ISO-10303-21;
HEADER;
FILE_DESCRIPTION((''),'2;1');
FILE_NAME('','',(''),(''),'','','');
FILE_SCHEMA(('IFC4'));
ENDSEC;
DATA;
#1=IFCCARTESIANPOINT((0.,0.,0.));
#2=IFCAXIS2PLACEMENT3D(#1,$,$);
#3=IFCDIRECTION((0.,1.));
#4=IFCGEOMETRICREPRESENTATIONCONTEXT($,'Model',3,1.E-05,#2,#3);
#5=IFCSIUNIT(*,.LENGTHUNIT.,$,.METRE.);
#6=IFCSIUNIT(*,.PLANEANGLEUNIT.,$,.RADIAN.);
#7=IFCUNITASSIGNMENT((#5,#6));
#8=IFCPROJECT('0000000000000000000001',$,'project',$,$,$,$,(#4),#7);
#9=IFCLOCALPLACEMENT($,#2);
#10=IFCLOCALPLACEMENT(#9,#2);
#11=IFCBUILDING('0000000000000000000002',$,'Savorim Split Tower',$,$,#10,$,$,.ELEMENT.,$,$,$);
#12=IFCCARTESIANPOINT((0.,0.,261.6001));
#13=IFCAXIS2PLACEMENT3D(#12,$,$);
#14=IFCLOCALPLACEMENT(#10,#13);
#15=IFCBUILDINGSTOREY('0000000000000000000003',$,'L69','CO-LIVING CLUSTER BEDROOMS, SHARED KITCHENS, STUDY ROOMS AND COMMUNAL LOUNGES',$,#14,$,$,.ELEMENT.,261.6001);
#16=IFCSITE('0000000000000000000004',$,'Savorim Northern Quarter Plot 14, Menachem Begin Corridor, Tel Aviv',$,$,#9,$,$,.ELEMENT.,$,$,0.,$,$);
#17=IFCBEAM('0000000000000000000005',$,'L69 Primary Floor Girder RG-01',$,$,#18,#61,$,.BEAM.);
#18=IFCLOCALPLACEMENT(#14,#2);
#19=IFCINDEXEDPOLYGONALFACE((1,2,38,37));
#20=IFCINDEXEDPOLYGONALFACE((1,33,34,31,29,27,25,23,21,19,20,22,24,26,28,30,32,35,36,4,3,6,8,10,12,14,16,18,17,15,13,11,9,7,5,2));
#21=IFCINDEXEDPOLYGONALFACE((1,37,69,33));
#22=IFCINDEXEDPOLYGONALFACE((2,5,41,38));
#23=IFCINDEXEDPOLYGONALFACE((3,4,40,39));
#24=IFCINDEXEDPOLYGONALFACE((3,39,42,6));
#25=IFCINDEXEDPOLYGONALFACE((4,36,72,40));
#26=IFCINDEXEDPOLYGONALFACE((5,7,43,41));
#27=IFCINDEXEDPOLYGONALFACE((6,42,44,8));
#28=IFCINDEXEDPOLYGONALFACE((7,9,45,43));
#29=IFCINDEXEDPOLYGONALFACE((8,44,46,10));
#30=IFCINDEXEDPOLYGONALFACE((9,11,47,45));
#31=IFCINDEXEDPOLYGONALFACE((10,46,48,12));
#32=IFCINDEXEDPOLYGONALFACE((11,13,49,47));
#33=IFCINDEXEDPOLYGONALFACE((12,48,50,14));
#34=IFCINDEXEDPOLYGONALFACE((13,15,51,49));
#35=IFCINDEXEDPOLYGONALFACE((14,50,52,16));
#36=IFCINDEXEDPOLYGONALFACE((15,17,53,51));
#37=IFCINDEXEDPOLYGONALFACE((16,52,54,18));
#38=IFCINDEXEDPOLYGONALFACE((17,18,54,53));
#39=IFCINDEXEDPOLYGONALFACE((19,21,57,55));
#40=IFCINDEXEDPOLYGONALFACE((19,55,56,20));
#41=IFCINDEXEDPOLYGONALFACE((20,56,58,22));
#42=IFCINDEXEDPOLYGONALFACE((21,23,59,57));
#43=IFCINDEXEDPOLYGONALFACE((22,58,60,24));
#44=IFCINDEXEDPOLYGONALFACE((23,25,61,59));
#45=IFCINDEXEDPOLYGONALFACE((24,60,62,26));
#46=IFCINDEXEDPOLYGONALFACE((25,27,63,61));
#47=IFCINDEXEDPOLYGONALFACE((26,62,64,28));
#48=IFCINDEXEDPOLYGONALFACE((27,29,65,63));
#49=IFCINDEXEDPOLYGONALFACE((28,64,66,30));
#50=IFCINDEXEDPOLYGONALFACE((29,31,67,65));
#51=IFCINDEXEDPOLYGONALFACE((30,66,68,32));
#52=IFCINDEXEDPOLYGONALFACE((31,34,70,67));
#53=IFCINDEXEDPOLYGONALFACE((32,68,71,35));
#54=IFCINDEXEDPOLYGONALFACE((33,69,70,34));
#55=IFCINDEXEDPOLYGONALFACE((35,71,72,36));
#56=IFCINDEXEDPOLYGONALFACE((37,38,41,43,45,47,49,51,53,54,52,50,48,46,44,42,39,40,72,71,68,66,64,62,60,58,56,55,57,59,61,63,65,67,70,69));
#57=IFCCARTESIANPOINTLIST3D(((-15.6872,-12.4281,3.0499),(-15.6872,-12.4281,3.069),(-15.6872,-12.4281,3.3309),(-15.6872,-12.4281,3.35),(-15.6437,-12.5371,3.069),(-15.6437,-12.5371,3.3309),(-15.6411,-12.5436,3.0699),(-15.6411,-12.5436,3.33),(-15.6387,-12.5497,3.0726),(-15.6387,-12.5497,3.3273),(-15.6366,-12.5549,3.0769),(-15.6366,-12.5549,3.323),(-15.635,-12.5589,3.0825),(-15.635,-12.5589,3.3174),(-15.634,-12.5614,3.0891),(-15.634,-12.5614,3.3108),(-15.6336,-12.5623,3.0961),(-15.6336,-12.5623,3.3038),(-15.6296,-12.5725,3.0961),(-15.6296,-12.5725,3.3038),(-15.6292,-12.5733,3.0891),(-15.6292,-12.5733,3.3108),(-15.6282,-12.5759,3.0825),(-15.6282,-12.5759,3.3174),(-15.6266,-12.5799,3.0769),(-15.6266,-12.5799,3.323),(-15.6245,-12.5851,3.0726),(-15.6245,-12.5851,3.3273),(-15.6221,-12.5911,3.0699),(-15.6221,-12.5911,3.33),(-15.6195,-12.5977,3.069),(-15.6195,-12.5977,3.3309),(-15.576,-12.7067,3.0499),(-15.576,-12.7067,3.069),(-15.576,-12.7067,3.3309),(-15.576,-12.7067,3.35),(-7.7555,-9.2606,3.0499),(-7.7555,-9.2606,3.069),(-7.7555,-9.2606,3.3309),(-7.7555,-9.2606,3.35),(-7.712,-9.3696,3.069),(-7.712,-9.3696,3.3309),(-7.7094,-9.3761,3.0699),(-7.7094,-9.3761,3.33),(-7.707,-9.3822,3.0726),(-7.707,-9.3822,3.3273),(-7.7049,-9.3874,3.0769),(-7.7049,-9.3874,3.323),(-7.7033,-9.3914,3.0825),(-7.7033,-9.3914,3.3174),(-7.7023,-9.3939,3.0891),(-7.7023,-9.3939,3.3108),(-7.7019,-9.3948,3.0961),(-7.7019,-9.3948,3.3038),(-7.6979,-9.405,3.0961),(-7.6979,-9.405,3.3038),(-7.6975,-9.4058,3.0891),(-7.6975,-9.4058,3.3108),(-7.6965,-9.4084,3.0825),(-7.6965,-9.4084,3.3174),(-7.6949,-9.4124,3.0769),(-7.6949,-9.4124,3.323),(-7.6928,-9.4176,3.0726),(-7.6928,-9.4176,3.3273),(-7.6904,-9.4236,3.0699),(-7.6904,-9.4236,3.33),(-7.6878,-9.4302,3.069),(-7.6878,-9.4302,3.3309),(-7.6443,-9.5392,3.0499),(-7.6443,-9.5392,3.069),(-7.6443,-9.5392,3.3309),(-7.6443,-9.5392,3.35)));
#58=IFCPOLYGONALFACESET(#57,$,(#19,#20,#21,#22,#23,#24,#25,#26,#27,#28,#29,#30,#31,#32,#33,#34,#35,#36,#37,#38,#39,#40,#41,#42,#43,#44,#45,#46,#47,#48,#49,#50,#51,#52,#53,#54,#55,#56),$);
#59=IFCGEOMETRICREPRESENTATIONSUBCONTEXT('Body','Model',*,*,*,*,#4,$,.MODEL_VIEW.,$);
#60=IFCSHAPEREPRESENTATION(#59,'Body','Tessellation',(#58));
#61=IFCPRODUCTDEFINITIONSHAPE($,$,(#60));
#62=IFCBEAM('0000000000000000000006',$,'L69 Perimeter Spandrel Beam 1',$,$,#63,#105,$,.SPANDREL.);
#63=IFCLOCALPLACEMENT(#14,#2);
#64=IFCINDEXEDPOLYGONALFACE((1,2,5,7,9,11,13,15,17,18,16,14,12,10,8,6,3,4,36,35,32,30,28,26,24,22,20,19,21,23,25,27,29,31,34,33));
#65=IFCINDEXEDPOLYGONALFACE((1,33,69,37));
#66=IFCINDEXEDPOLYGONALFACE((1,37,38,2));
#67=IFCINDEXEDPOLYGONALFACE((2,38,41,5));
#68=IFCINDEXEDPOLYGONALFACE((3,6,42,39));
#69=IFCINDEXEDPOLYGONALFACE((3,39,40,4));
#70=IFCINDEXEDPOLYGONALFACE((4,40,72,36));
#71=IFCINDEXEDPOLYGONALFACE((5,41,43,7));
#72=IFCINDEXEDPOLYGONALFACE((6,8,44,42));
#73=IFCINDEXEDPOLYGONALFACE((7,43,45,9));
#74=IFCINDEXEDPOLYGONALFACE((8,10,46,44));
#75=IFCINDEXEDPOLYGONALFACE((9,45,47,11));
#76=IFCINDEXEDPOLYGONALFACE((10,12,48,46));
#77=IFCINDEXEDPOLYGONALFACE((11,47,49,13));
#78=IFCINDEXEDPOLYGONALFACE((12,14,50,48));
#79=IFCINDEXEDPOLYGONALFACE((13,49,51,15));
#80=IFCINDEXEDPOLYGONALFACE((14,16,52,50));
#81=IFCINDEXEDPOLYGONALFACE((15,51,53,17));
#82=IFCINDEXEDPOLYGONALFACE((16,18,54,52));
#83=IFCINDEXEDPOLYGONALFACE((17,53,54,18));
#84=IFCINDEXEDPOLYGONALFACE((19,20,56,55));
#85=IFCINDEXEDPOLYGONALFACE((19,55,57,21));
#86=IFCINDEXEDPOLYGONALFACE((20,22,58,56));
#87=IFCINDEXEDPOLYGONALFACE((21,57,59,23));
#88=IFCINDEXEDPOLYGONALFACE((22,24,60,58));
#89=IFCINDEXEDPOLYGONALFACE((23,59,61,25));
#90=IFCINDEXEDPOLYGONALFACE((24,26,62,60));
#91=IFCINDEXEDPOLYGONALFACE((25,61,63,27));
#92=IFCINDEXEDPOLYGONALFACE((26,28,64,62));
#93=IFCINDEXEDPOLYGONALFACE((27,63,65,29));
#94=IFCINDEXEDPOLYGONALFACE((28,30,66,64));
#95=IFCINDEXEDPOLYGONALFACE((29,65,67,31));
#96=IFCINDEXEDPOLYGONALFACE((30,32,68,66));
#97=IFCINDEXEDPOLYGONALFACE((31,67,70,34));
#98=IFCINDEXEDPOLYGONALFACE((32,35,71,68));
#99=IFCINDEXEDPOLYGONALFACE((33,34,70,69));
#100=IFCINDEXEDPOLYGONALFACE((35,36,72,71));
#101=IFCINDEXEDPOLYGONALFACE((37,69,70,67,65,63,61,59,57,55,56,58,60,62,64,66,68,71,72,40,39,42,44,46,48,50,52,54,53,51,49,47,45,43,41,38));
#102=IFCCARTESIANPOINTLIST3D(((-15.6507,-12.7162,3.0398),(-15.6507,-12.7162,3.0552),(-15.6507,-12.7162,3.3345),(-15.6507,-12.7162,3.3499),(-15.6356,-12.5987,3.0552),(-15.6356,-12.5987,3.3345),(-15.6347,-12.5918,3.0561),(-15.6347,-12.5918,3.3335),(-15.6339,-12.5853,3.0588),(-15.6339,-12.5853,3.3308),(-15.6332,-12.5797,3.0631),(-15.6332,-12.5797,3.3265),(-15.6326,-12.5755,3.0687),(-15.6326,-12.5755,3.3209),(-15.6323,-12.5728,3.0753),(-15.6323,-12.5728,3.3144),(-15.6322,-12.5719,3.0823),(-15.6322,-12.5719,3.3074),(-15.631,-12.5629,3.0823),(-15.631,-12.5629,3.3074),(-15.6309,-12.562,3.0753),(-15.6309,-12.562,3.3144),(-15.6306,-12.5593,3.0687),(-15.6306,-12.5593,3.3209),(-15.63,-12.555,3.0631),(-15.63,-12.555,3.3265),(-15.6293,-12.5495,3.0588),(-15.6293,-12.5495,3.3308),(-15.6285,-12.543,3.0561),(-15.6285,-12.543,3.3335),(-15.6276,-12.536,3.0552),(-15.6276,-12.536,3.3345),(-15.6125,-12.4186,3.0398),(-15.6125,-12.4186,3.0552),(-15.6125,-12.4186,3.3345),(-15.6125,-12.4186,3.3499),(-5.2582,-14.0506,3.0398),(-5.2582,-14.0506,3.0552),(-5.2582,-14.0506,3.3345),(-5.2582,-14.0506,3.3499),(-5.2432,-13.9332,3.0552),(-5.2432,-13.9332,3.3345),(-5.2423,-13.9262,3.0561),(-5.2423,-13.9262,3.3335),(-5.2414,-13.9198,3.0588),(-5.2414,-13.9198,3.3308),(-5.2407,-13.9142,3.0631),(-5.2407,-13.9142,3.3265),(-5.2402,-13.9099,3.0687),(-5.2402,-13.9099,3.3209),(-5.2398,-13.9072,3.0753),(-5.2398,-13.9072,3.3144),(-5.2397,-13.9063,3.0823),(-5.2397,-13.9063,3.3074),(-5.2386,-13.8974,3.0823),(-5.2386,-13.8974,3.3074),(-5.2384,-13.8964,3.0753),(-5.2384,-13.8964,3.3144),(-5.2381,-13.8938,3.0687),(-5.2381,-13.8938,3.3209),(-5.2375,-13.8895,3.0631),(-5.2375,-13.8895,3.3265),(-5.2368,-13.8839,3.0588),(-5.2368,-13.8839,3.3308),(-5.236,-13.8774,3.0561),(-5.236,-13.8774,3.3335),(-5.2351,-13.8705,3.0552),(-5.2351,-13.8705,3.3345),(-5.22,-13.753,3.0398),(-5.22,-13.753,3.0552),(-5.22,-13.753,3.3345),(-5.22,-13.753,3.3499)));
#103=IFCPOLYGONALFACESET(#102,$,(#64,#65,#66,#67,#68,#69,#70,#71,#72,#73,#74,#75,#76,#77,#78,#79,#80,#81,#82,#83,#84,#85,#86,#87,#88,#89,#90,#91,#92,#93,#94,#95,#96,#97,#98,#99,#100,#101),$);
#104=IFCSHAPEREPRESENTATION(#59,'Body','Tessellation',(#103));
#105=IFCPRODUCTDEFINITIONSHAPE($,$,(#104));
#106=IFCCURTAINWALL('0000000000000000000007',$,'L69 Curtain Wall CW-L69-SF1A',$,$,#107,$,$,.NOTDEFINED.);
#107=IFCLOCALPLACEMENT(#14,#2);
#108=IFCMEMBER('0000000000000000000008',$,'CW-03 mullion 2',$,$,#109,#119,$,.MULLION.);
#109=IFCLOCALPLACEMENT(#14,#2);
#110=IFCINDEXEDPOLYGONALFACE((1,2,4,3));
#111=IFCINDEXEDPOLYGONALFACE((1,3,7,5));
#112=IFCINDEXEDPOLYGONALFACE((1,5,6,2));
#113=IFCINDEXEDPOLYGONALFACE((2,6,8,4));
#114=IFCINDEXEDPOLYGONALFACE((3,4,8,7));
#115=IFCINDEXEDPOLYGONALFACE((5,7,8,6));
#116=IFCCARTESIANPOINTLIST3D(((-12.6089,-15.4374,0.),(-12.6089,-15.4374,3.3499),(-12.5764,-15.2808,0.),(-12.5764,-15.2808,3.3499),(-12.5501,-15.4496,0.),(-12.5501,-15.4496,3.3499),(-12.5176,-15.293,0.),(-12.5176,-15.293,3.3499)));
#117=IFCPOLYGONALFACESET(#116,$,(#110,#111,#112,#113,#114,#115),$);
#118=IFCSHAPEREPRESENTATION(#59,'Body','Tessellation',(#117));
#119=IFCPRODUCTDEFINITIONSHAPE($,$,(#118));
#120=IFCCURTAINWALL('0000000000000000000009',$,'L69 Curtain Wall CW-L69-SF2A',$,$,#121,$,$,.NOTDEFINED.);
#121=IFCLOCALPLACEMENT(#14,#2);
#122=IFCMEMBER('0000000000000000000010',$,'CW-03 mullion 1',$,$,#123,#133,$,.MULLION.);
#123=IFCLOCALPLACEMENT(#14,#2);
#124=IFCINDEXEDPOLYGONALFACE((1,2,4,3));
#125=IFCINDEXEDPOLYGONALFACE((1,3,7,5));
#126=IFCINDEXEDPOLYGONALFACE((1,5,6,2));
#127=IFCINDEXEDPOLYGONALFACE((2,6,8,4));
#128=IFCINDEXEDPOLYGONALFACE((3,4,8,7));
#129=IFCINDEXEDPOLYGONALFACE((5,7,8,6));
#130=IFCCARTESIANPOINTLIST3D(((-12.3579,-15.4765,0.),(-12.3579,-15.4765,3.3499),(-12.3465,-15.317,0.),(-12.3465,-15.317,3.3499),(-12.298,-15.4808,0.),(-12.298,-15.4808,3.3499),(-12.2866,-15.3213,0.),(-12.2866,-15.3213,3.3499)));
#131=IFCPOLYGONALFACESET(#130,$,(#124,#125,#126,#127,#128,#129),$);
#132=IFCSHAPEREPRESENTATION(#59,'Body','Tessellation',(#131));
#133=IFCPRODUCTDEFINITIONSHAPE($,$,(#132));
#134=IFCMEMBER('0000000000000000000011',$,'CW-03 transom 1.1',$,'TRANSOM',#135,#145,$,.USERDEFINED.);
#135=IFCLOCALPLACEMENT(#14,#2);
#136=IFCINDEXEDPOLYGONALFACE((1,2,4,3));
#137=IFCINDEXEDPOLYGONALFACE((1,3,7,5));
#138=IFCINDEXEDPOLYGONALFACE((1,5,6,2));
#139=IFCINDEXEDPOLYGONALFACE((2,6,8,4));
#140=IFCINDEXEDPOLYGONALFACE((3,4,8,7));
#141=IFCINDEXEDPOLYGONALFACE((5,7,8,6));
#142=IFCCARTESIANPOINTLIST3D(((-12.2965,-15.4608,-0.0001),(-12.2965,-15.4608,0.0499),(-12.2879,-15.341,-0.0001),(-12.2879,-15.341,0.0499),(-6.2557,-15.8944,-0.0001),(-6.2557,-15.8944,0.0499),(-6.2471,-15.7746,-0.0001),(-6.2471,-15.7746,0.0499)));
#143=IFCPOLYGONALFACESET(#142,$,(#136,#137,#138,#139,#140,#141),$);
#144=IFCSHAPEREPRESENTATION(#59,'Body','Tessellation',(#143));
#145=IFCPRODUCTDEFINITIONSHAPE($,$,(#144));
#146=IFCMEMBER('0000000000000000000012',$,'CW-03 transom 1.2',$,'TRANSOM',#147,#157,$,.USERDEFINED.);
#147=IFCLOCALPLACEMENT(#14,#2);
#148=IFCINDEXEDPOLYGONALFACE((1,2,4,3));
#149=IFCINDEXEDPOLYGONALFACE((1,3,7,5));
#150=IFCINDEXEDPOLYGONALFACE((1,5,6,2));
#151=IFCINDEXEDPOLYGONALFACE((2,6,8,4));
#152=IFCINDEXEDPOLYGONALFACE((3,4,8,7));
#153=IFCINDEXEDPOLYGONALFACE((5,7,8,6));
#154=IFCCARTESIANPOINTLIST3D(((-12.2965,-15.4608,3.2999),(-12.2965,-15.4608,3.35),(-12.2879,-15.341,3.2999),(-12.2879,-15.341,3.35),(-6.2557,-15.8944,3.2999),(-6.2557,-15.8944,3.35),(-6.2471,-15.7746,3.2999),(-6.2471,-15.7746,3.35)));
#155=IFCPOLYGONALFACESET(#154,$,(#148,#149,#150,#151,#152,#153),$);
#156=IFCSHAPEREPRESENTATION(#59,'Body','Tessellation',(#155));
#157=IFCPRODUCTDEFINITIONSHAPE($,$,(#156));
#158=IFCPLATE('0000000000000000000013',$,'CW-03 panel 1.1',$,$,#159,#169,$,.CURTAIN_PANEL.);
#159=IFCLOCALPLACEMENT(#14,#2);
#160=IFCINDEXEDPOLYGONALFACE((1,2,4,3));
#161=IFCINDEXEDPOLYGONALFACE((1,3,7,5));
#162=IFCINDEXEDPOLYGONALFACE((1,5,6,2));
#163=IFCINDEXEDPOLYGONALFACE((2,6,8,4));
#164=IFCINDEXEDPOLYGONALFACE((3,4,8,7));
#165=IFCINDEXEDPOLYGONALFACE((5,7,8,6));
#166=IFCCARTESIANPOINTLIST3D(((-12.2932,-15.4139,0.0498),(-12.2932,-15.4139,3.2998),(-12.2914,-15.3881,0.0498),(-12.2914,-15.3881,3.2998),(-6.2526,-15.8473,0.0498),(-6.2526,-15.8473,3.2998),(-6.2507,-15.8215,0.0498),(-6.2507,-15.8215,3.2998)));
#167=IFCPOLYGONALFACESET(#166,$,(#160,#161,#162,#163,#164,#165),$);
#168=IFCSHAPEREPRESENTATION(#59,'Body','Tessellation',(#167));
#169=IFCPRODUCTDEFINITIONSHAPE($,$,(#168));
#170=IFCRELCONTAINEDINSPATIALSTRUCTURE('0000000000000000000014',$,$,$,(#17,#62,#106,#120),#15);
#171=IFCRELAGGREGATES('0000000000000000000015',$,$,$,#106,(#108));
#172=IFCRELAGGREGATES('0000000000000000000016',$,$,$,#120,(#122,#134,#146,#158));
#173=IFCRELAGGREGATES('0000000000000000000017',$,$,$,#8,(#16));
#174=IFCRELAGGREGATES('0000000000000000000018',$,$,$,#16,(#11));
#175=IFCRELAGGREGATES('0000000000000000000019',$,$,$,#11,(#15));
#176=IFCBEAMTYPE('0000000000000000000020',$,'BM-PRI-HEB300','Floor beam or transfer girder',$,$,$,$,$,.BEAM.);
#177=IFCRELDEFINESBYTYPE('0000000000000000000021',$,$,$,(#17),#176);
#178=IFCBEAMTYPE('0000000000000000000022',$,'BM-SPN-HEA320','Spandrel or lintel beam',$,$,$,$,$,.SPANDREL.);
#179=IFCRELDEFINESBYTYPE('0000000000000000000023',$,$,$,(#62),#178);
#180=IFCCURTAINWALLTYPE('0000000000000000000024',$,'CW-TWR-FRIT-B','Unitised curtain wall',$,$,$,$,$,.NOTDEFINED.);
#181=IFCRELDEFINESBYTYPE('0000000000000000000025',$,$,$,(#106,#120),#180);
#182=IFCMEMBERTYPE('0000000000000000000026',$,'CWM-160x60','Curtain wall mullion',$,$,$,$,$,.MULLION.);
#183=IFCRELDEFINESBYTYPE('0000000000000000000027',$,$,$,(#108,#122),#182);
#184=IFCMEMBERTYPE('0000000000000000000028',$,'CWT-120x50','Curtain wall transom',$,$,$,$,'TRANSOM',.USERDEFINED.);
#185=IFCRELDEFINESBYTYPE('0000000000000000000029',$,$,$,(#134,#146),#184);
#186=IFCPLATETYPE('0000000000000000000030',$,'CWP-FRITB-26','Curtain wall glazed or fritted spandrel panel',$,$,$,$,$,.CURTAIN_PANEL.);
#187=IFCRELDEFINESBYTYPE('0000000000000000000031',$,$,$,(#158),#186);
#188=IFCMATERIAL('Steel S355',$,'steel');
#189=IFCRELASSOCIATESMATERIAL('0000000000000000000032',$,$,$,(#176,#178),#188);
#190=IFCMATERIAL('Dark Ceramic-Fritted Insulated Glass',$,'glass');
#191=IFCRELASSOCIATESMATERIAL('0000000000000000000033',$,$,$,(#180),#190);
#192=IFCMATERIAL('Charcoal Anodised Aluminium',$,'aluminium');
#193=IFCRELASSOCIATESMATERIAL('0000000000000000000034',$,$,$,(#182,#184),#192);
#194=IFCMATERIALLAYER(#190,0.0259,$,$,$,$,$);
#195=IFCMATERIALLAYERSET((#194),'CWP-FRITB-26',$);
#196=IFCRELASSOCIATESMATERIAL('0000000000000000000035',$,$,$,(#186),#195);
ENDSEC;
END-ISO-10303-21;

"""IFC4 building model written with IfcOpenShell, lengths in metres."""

from ifc_helpers import new_model, si_unit, direction, frame, origin, origin_2d, place, context, subcontext, project, spatial, rectangle, i_section, extrude, material, layer, layer_set, material_profile, profile_set, type_object, element, aggregate, save


model = new_model("IFC4")

# Units and contexts
model_context = context("Model", 3, precision=1e-05, world=origin(), true_north=direction((0.0, 1.0)))
body_context = subcontext(model_context, "Body", "Model", "MODEL_VIEW")
ifc_project = project(units=[si_unit("LENGTHUNIT", "METRE"), si_unit("PLANEANGLEUNIT", "RADIAN")], contexts=[model_context])

# Site, building, storey
site_placement = place(None, origin())
site = spatial("IfcSite", under=ifc_project, at=site_placement, Name="Savorim Northern Quarter Plot 14, Menachem Begin Corridor, Tel Aviv", CompositionType="ELEMENT", RefElevation=0.0)
building_placement = place(site_placement, origin())
building = spatial("IfcBuilding", under=site, at=building_placement, Name="Savorim Split Tower", CompositionType="ELEMENT")
storey_placement = place(building_placement, frame((0.0, 0.0, 261.6001)))
storey = spatial("IfcBuildingStorey", under=building, at=storey_placement, Name="L69", Description="CO-LIVING CLUSTER BEDROOMS, SHARED KITCHENS, STUDY ROOMS AND COMMUNAL LOUNGES", CompositionType="ELEMENT", Elevation=261.6001)

# Shared definitions
ifc_material_1 = material(Name="Steel S355", Category="steel")

# Beams
ifc_material_profile_1 = material_profile(ifc_material_1, i_section(OverallWidth=0.3, OverallDepth=0.3, WebThickness=0.011, FlangeThickness=0.019, FilletRadius=0.0271, at=origin_2d()), Name="HEB 300")
ifc_profile_set_1 = profile_set([ifc_material_profile_1], Name="Steel S355")
beam_type_1 = type_object("IfcBeamType", Name="BM-PRI-HEB300", Description="Floor beam or transfer girder", PredefinedType="BEAM", material=ifc_profile_set_1)
beam_1_placement = place(storey_placement, frame((-15.6316, -12.5674, 3.2), z_axis=(0.928686, 0.370868, 0.0), x_axis=(-0.370868, 0.928686, 0.0)))
element("IfcBeam", 1, at=beam_1_placement, inside=storey, type_object=beam_type_1, Name="L69 Primary Floor Girder RG-01", PredefinedType="BEAM", context=body_context, shape_type="SweptSolid", body=[
    extrude(i_section(OverallWidth=0.3, OverallDepth=0.3, WebThickness=0.011, FlangeThickness=0.019, FilletRadius=0.0271, at=origin_2d()), origin(), (0.0, 0.0, 1.0), 8.5408),
])
ifc_material_profile_2 = material_profile(ifc_material_1, i_section(OverallWidth=0.3, OverallDepth=0.3101, WebThickness=0.009, FlangeThickness=0.0154, FilletRadius=0.0271, at=origin_2d()), Name="HEA 320")
ifc_profile_set_2 = profile_set([ifc_material_profile_2], Name="Steel S355")
beam_type_2 = type_object("IfcBeamType", Name="BM-SPN-HEA320", Description="Spandrel or lintel beam", PredefinedType="SPANDREL", material=ifc_profile_set_2)
beam_2_placement = place(storey_placement, frame((-15.6316, -12.5674, 3.1948), z_axis=(0.991856, -0.127361, 0.0), x_axis=(0.127361, 0.991856, 0.0)))
element("IfcBeam", 2, at=beam_2_placement, inside=storey, type_object=beam_type_2, Name="L69 Perimeter Spandrel Beam 1", PredefinedType="SPANDREL", context=body_context, shape_type="SweptSolid", body=[
    extrude(i_section(OverallWidth=0.3, OverallDepth=0.3101, WebThickness=0.009, FlangeThickness=0.0154, FilletRadius=0.0271, at=origin_2d()), origin(), (0.0, 0.0, 1.0), 10.4778),
])

# Curtain wall, member
ifc_material_2 = material(Name="Dark Ceramic-Fritted Insulated Glass", Category="glass")
curtain_wall_type = type_object("IfcCurtainWallType", Name="CW-TWR-FRIT-B", Description="Unitised curtain wall", PredefinedType="NOTDEFINED", material=ifc_material_2)
curtain_wall_1_placement = place(storey_placement, origin())
curtain_wall_1 = element("IfcCurtainWall", 3, at=curtain_wall_1_placement, inside=storey, type_object=curtain_wall_type, Name="L69 Curtain Wall CW-L69-SF1A", PredefinedType="NOTDEFINED")
ifc_material_3 = material(Name="Charcoal Anodised Aluminium", Category="aluminium")
ifc_material_profile_3 = material_profile(ifc_material_3, rectangle(XDim=0.1599, YDim=0.0601, at=origin_2d()), Name="ALU-M 160x60")
ifc_profile_set_3 = profile_set([ifc_material_profile_3], Name="Charcoal Anodised Aluminium")
member_type_1 = type_object("IfcMemberType", Name="CWM-160x60", Description="Curtain wall mullion", PredefinedType="MULLION", material=ifc_profile_set_3)
member_1_placement = place(storey_placement, frame((-12.5632, -15.3652, 0.0), z_axis=(0.0, 0.0, 1.0), x_axis=(0.20321, 0.979135, 0.0)))
member_1 = element("IfcMember", 4, at=member_1_placement, type_object=member_type_1, Name="CW-03 mullion 2", PredefinedType="MULLION", context=body_context, shape_type="SweptSolid", body=[
    extrude(rectangle(XDim=0.1599, YDim=0.0601, at=origin_2d()), origin(), (0.0, 0.0, 1.0), 3.3499),
])
aggregate(curtain_wall_1, [member_1])

# Curtain wall, members, plate
curtain_wall_2_placement = place(storey_placement, origin())
curtain_wall_2 = element("IfcCurtainWall", 5, at=curtain_wall_2_placement, inside=storey, type_object=curtain_wall_type, Name="L69 Curtain Wall CW-L69-SF2A", PredefinedType="NOTDEFINED")
member_2_placement = place(storey_placement, frame((-12.3223, -15.3989, 0.0), z_axis=(0.0, 0.0, 1.0), x_axis=(0.071564, 0.997436, 0.0)))
member_2 = element("IfcMember", 6, at=member_2_placement, type_object=member_type_1, Name="CW-03 mullion 1", PredefinedType="MULLION", context=body_context, shape_type="SweptSolid", body=[
    extrude(rectangle(XDim=0.1599, YDim=0.0601, at=origin_2d()), origin(), (0.0, 0.0, 1.0), 3.3499),
])
ifc_material_profile_4 = material_profile(ifc_material_3, rectangle(XDim=0.1201, YDim=0.05, at=origin_2d()), Name="ALU-T 120x50")
ifc_profile_set_4 = profile_set([ifc_material_profile_4], Name="Charcoal Anodised Aluminium")
member_type_2 = type_object("IfcMemberType", Name="CWT-120x50", Description="Curtain wall transom", ElementType="TRANSOM", PredefinedType="USERDEFINED", material=ifc_profile_set_4)
member_3_placement = place(storey_placement, frame((-12.2922, -15.4009, 0.0249), z_axis=(0.997434, -0.071594, 0.0), x_axis=(0.071594, 0.997434, 0.0)))
member_3 = element("IfcMember", 7, at=member_3_placement, type_object=member_type_2, Name="CW-03 transom 1.1", ObjectType="TRANSOM", PredefinedType="USERDEFINED", context=body_context, shape_type="SweptSolid", body=[
    extrude(rectangle(XDim=0.1201, YDim=0.05, at=origin_2d()), origin(), (0.0, 0.0, 1.0), 6.0564),
])
member_4_placement = place(storey_placement, frame((-12.2922, -15.4009, 3.325), z_axis=(0.997434, -0.071594, 0.0), x_axis=(0.071594, 0.997434, 0.0)))
member_4 = element("IfcMember", 8, at=member_4_placement, type_object=member_type_2, Name="CW-03 transom 1.2", ObjectType="TRANSOM", PredefinedType="USERDEFINED", context=body_context, shape_type="SweptSolid", body=[
    extrude(rectangle(XDim=0.1201, YDim=0.05, at=origin_2d()), origin(), (0.0, 0.0, 1.0), 6.0564),
])
ifc_layer_1 = layer(ifc_material_2, 0.0259)
ifc_layer_set_1 = layer_set([ifc_layer_1], Name="CWP-FRITB-26")
plate_type = type_object("IfcPlateType", Name="CWP-FRITB-26", Description="Curtain wall glazed or fritted spandrel panel", PredefinedType="CURTAIN_PANEL", material=ifc_layer_set_1)
plate_placement = place(storey_placement, frame((-9.272, -15.6177, 0.0498), z_axis=(0.0, 0.0, 1.0), x_axis=(0.997436, -0.071564, 0.0)))
plate = element("IfcPlate", 9, at=plate_placement, type_object=plate_type, Name="CW-03 panel 1.1", PredefinedType="CURTAIN_PANEL", context=body_context, shape_type="SweptSolid", body=[
    extrude(rectangle(XDim=6.0562, YDim=0.0259, at=origin_2d()), origin(), (0.0, 0.0, 1.0), 3.25),
])
aggregate(curtain_wall_2, [member_2, member_3, member_4, plate])

save(model, "model.ifc")
